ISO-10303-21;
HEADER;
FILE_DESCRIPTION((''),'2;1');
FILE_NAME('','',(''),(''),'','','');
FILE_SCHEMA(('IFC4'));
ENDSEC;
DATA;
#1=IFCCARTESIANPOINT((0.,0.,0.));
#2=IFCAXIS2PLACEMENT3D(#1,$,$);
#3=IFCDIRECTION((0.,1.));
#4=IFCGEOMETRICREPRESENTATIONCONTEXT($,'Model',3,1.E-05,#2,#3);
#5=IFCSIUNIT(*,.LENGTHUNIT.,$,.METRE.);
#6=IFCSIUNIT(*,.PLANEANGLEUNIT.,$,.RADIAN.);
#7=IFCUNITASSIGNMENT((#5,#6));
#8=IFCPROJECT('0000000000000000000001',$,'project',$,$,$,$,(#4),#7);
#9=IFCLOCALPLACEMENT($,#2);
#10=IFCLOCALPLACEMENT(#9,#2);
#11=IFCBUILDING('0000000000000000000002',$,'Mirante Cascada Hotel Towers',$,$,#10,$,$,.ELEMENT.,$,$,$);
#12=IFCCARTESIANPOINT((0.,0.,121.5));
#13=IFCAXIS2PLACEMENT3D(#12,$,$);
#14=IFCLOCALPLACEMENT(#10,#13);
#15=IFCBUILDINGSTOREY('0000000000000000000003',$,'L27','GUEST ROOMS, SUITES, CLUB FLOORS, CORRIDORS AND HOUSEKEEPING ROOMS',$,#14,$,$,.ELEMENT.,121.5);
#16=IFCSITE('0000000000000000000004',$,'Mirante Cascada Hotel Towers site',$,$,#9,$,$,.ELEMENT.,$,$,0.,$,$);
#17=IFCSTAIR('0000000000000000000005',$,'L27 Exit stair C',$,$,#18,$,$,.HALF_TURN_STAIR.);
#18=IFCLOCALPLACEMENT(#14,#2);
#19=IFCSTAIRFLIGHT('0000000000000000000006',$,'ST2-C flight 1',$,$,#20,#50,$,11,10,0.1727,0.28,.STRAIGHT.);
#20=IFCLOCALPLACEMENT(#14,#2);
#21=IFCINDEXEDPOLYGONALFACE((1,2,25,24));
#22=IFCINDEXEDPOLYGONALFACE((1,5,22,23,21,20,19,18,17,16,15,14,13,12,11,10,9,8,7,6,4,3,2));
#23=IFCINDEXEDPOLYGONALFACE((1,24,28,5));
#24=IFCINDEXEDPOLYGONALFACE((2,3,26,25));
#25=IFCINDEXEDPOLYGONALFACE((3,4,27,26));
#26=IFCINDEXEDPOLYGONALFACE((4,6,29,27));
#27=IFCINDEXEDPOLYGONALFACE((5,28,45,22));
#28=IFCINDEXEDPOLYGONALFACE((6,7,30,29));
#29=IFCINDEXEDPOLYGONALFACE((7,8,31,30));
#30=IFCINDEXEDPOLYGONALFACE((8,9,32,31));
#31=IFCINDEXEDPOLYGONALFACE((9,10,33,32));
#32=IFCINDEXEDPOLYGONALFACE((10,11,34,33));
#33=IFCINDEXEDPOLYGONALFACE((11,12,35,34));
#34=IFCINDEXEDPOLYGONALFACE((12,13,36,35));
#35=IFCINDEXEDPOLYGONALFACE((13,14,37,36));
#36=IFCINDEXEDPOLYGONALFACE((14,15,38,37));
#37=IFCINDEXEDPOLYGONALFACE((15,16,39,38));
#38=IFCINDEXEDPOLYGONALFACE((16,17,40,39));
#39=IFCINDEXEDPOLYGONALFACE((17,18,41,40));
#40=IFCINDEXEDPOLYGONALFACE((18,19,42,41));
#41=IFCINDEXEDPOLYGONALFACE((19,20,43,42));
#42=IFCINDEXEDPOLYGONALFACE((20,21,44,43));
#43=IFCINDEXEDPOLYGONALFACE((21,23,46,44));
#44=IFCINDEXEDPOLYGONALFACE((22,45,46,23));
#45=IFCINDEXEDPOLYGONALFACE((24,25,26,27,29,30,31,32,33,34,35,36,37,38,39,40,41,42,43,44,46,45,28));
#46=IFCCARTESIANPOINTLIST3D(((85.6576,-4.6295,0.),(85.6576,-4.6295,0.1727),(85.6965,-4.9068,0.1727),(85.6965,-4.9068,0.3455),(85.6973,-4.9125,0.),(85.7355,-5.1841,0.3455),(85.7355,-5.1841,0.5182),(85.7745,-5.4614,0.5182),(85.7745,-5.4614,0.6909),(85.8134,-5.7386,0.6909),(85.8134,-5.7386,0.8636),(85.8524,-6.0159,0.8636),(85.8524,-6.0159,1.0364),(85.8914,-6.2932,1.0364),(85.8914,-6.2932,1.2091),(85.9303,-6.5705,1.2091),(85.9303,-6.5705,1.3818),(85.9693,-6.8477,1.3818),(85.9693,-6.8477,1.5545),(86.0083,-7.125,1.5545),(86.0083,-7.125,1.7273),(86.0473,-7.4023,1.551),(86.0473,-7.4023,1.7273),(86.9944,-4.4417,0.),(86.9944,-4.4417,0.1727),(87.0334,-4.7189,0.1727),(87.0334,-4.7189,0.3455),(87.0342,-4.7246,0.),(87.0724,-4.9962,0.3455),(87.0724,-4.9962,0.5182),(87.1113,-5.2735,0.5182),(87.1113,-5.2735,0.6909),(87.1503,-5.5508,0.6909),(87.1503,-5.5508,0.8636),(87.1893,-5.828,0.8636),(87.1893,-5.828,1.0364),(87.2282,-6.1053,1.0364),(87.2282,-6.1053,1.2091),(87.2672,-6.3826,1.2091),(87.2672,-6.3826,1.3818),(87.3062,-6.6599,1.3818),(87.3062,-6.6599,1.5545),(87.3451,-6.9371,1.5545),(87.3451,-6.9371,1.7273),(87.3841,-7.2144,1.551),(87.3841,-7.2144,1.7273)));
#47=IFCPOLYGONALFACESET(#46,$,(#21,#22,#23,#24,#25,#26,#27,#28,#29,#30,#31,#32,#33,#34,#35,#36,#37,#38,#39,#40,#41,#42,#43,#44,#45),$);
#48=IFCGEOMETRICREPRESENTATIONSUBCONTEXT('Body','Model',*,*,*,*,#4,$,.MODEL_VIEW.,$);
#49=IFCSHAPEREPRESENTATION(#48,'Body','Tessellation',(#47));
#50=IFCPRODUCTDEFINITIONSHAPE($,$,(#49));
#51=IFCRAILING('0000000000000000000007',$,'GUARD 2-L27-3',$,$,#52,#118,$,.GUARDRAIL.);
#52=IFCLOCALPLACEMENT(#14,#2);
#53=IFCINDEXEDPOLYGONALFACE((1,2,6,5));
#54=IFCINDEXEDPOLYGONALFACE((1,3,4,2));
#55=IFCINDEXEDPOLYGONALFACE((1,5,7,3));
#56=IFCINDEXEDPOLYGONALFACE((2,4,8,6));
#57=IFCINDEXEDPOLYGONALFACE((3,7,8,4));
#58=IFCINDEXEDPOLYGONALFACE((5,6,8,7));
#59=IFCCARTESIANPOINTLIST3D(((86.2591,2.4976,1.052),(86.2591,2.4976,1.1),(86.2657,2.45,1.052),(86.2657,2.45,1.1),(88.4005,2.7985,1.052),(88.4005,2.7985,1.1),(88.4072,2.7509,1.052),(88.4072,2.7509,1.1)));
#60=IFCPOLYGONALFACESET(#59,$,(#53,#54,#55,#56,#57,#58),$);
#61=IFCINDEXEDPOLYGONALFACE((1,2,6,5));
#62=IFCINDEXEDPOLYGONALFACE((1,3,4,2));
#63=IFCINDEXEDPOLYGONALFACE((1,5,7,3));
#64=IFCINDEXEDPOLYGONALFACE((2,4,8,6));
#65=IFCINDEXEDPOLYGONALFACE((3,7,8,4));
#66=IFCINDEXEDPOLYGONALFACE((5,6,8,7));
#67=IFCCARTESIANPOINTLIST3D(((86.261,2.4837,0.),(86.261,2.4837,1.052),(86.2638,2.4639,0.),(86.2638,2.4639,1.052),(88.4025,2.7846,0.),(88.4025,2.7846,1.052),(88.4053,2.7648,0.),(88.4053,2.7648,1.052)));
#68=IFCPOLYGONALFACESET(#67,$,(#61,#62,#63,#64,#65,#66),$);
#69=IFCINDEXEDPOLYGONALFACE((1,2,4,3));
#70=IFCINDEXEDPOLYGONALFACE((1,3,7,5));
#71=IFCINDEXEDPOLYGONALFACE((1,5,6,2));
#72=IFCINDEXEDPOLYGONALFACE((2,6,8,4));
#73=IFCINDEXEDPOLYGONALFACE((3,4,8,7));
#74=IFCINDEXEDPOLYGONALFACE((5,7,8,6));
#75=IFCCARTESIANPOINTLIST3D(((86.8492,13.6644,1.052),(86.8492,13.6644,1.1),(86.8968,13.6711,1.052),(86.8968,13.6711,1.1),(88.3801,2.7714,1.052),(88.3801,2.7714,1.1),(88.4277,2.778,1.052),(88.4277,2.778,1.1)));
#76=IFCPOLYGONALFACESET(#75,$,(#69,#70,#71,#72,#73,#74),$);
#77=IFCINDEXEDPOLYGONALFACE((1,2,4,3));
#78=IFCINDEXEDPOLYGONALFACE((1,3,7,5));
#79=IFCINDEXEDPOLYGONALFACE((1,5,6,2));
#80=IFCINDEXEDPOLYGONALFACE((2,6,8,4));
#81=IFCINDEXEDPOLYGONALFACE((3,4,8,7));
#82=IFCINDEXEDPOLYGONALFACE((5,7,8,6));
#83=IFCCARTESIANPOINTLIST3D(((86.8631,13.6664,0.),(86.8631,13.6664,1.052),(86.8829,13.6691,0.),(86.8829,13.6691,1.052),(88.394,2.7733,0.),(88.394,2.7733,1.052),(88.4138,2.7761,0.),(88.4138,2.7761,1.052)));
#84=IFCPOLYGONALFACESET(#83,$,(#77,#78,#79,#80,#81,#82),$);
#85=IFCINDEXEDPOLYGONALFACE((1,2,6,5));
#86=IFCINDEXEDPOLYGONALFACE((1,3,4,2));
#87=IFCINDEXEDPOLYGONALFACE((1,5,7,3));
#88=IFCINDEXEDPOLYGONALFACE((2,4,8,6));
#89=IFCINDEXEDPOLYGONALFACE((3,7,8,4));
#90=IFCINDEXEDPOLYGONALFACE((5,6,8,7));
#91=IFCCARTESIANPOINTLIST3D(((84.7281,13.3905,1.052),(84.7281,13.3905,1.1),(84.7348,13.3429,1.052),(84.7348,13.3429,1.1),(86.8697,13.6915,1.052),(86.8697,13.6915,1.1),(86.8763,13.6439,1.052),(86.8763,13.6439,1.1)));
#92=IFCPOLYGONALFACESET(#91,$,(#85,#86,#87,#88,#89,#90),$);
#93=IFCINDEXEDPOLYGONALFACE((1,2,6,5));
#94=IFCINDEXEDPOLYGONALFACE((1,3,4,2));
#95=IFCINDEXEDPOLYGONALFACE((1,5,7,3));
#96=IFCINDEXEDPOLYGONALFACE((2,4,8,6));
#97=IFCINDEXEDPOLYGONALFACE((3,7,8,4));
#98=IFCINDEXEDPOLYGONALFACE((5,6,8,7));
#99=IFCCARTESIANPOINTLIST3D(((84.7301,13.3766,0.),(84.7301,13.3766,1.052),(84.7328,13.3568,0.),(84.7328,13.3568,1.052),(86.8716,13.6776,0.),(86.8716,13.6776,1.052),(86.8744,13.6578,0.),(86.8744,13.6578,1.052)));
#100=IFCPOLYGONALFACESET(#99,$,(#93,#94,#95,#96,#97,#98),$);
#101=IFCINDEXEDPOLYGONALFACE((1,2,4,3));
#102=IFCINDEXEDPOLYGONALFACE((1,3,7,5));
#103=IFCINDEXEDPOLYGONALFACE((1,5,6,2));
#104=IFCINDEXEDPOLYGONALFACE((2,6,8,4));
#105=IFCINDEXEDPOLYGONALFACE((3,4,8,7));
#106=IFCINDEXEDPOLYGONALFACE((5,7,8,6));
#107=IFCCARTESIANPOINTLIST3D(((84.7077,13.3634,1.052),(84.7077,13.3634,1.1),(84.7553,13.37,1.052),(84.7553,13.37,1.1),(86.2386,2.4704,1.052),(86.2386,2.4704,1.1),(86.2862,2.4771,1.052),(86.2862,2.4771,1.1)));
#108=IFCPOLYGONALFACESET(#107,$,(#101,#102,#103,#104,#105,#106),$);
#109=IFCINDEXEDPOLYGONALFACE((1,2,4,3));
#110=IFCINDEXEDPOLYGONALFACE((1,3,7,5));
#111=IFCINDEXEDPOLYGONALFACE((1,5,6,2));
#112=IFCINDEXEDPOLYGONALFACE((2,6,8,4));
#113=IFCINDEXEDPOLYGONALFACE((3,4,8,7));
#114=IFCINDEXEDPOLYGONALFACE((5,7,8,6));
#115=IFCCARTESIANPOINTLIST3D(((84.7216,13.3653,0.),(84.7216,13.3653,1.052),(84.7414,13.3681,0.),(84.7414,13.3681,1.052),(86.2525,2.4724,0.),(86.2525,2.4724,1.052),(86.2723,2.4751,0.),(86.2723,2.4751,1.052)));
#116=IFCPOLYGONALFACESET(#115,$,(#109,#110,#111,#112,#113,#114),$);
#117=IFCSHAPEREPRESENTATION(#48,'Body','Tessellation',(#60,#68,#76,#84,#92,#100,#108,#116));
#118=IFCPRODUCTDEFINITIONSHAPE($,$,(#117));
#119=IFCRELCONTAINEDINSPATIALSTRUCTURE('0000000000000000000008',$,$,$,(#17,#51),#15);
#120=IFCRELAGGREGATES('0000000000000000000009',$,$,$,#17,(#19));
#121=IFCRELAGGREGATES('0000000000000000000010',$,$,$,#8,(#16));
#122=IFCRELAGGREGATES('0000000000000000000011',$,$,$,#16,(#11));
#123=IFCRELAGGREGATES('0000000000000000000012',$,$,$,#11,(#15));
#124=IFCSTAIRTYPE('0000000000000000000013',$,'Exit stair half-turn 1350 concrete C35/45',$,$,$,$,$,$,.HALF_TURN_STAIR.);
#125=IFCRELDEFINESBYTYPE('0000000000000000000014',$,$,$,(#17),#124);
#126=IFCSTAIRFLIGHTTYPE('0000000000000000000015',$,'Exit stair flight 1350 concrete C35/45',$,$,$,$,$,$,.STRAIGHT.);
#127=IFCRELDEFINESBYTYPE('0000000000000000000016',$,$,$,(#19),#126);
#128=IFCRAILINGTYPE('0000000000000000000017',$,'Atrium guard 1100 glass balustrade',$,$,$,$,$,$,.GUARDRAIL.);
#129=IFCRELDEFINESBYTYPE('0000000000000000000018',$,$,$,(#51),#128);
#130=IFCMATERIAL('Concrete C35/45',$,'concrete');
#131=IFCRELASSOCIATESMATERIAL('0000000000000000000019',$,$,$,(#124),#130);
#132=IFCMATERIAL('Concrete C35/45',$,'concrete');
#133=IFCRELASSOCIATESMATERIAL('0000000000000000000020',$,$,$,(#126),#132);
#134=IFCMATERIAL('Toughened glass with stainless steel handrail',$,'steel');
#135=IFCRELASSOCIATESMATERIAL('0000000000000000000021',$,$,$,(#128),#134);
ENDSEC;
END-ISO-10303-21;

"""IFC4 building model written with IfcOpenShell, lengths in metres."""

from ifc_helpers import new_model, si_unit, direction, frame, origin, origin_2d, place, context, subcontext, project, spatial, polyline, rectangle, outline, extrude, material, type_object, element, aggregate, save


model = new_model("IFC4")

# Units and contexts
model_context = context("Model", 3, precision=1e-05, world=origin(), true_north=direction((0.0, 1.0)))
body_context = subcontext(model_context, "Body", "Model", "MODEL_VIEW")
ifc_project = project(units=[si_unit("LENGTHUNIT", "METRE"), si_unit("PLANEANGLEUNIT", "RADIAN")], contexts=[model_context])

# Site, building, storey
site_placement = place(None, origin())
site = spatial("IfcSite", under=ifc_project, at=site_placement, Name="Mirante Cascada Hotel Towers site", CompositionType="ELEMENT", RefElevation=0.0)
building_placement = place(site_placement, origin())
building = spatial("IfcBuilding", under=site, at=building_placement, Name="Mirante Cascada Hotel Towers", CompositionType="ELEMENT")
storey_placement = place(building_placement, frame((0.0, 0.0, 121.5)))
storey = spatial("IfcBuildingStorey", under=building, at=storey_placement, Name="L27", Description="GUEST ROOMS, SUITES, CLUB FLOORS, CORRIDORS AND HOUSEKEEPING ROOMS", CompositionType="ELEMENT", Elevation=121.5)

# Stair, stair flight
ifc_material_1 = material(Name="Concrete C35/45", Category="concrete")
stair_type = type_object("IfcStairType", Name="Exit stair half-turn 1350 concrete C35/45", PredefinedType="HALF_TURN_STAIR", material=ifc_material_1)
stair_placement = place(storey_placement, origin())
stair = element("IfcStair", 1, at=stair_placement, inside=storey, type_object=stair_type, Name="L27 Exit stair C", PredefinedType="HALF_TURN_STAIR")
ifc_material_2 = material(Name="Concrete C35/45", Category="concrete")
stair_flight_type = type_object("IfcStairFlightType", Name="Exit stair flight 1350 concrete C35/45", PredefinedType="STRAIGHT", material=ifc_material_2)
stair_flight_placement = place(storey_placement, frame((86.326, -4.5356, 0.0), z_axis=(0.0, 0.0, 1.0), x_axis=(0.139173, -0.990268, 0.0)))
stair_flight = element("IfcStairFlight", 2, at=stair_flight_placement, type_object=stair_flight_type, Name="ST2-C flight 1", NumberOfRisers=11, NumberOfTreads=10, PredefinedType="STRAIGHT", RiserHeight=0.1727, TreadLength=0.28, context=body_context, shape_type="SweptSolid", body=[
    extrude(outline(polyline([(0.0, 0.0), (0.0, 0.1727), (0.28, 0.1727), (0.28, 0.3455), (0.56, 0.3455), (0.56, 0.5182), (0.84, 0.5182), (0.84, 0.6909), (1.12, 0.6909), (1.12, 0.8636), (1.4, 0.8636), (1.4, 1.0364), (1.68, 1.0364), (1.68, 1.2091), (1.96, 1.2091), (1.96, 1.3818), (2.24, 1.3818), (2.24, 1.5545), (2.52, 1.5545), (2.52, 1.7273), (2.8, 1.7273), (2.8, 1.9), (2.8, 1.551), (0.2857, 0.0), (0.0, 0.0)])), frame((0.0, 0.675, 0.0), z_axis=(0.0, -1.0, 0.0), x_axis=(1.0, 0.0, 0.0)), (0.0, 0.0, 1.0), 1.35),
])
aggregate(stair, [stair_flight])

# Railing
ifc_material_3 = material(Name="Toughened glass with stainless steel handrail", Category="steel")
railing_type_1 = type_object("IfcRailingType", Name="Atrium guard 1100 glass balustrade", PredefinedType="GUARDRAIL", material=ifc_material_3)
railing_1_placement = place(storey_placement, frame((86.2624, 2.4738, 0.0)))
element("IfcRailing", 3, at=railing_1_placement, inside=storey, type_object=railing_type_1, Name="GUARD 2-L27-3", PredefinedType="GUARDRAIL", context=body_context, shape_type="SweptSolid", body=[
    extrude(rectangle(XDim=0.048, YDim=0.048, at=origin_2d()), frame((0.0, 0.0, 1.076), z_axis=(0.990272, 0.139142, 0.0), x_axis=(-0.139142, 0.990272, 0.0)), (0.0, 0.0, 1.0), 2.1625),
    extrude(rectangle(XDim=0.02, YDim=1.052, at=origin_2d()), frame((0.0, 0.0, 0.526), z_axis=(0.990272, 0.139142, 0.0), x_axis=(-0.139142, 0.990272, 0.0)), (0.0, 0.0, 1.0), 2.1625),
    extrude(rectangle(XDim=0.048, YDim=0.048, at=origin_2d()), frame((2.1415, 0.3009, 1.076), z_axis=(-0.139172, 0.990268, 0.0), x_axis=(-0.990268, -0.139172, 0.0)), (0.0, 0.0, 1.0), 11.0001),
    extrude(rectangle(XDim=0.02, YDim=1.052, at=origin_2d()), frame((2.1415, 0.3009, 0.526), z_axis=(-0.139172, 0.990268, 0.0), x_axis=(-0.990268, -0.139172, 0.0)), (0.0, 0.0, 1.0), 11.0001),
    extrude(rectangle(XDim=0.048, YDim=0.048, at=origin_2d()), frame((0.6106, 11.1939, 1.076), z_axis=(-0.990266, -0.139187, 0.0), x_axis=(0.139187, -0.990266, 0.0)), (0.0, 0.0, 1.0), 2.1626),
    extrude(rectangle(XDim=0.02, YDim=1.052, at=origin_2d()), frame((0.6106, 11.1939, 0.526), z_axis=(-0.990266, -0.139187, 0.0), x_axis=(0.139187, -0.990266, 0.0)), (0.0, 0.0, 1.0), 2.1626),
    extrude(rectangle(XDim=0.048, YDim=0.048, at=origin_2d()), frame((-1.5309, 10.8929, 1.076), z_axis=(0.139173, -0.990268, 0.0), x_axis=(0.990268, 0.139173, 0.0)), (0.0, 0.0, 1.0), 11.0),
    extrude(rectangle(XDim=0.02, YDim=1.052, at=origin_2d()), frame((-1.5309, 10.8929, 0.526), z_axis=(0.139173, -0.990268, 0.0), x_axis=(0.990268, 0.139173, 0.0)), (0.0, 0.0, 1.0), 11.0),
])

save(model, "model.ifc")
